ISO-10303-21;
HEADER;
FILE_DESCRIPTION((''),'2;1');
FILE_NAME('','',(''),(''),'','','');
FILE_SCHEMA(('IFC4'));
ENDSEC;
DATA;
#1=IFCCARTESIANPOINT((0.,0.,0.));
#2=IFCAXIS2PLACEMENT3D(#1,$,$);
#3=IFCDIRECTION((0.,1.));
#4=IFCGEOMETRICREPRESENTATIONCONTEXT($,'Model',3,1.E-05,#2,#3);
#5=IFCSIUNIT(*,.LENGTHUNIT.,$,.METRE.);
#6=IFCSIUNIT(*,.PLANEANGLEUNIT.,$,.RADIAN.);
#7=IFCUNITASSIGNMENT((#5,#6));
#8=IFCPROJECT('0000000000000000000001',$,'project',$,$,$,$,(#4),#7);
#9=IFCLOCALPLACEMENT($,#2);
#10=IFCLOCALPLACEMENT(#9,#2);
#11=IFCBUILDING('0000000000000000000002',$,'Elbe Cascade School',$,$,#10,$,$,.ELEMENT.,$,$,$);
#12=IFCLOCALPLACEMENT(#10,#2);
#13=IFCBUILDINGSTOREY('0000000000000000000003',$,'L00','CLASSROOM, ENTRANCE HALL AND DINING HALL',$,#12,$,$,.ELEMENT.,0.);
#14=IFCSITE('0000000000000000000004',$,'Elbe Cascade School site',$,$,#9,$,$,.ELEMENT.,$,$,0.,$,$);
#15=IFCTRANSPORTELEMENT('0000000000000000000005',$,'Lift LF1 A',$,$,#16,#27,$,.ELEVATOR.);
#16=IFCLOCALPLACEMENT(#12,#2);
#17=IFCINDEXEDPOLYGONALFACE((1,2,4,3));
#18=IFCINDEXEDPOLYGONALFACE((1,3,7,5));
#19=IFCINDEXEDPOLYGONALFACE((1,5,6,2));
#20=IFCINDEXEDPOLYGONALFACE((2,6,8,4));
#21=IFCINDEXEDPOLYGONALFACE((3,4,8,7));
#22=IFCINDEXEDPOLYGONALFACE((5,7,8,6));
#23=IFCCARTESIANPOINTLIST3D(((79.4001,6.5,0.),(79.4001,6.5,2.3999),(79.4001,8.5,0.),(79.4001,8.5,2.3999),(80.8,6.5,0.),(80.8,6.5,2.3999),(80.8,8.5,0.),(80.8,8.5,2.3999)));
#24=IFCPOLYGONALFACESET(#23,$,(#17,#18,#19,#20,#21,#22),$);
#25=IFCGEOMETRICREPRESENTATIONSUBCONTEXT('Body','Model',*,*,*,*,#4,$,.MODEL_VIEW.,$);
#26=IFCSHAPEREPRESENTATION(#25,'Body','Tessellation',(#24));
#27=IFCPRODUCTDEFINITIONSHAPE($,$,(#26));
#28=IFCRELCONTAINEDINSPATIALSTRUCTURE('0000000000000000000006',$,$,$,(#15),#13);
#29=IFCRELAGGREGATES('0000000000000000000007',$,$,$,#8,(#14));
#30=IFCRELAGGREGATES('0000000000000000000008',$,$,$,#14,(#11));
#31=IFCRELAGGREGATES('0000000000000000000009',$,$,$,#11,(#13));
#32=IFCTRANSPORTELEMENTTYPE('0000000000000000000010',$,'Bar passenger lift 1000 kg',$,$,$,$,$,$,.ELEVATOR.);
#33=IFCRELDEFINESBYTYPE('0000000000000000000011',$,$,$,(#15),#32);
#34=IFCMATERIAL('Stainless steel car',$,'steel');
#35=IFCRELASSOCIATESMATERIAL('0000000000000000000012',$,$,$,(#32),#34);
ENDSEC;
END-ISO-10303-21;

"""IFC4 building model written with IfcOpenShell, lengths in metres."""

from ifc_helpers import new_model, si_unit, direction, frame, origin, origin_2d, place, context, subcontext, project, spatial, rectangle, extrude, material, type_object, element, save


model = new_model("IFC4")

# Units and contexts
model_context = context("Model", 3, precision=1e-05, world=origin(), true_north=direction((0.0, 1.0)))
body_context = subcontext(model_context, "Body", "Model", "MODEL_VIEW")
ifc_project = project(units=[si_unit("LENGTHUNIT", "METRE"), si_unit("PLANEANGLEUNIT", "RADIAN")], contexts=[model_context])

# Site, building, storey
site_placement = place(None, origin())
site = spatial("IfcSite", under=ifc_project, at=site_placement, Name="Elbe Cascade School site", CompositionType="ELEMENT", RefElevation=0.0)
building_placement = place(site_placement, origin())
building = spatial("IfcBuilding", under=site, at=building_placement, Name="Elbe Cascade School", CompositionType="ELEMENT")
storey_placement = place(building_placement, origin())
storey = spatial("IfcBuildingStorey", under=building, at=storey_placement, Name="L00", Description="CLASSROOM, ENTRANCE HALL AND DINING HALL", CompositionType="ELEMENT", Elevation=0.0)

# Transport element
ifc_material_1 = material(Name="Stainless steel car", Category="steel")
transport_element_type = type_object("IfcTransportElementType", Name="Bar passenger lift 1000 kg", PredefinedType="ELEVATOR", material=ifc_material_1)
transport_element_placement = place(storey_placement, frame((80.1001, 7.5, 0.0), z_axis=(0.0, 0.0, 1.0), x_axis=(1.0, 0.0, 0.0)))
element("IfcTransportElement", 1, at=transport_element_placement, inside=storey, type_object=transport_element_type, Name="Lift LF1 A", PredefinedType="ELEVATOR", context=body_context, shape_type="SweptSolid", body=[
    extrude(rectangle(XDim=1.3999, YDim=2.0, at=origin_2d()), origin(), (0.0, 0.0, 1.0), 2.3999),
])

save(model, "model.ifc")
